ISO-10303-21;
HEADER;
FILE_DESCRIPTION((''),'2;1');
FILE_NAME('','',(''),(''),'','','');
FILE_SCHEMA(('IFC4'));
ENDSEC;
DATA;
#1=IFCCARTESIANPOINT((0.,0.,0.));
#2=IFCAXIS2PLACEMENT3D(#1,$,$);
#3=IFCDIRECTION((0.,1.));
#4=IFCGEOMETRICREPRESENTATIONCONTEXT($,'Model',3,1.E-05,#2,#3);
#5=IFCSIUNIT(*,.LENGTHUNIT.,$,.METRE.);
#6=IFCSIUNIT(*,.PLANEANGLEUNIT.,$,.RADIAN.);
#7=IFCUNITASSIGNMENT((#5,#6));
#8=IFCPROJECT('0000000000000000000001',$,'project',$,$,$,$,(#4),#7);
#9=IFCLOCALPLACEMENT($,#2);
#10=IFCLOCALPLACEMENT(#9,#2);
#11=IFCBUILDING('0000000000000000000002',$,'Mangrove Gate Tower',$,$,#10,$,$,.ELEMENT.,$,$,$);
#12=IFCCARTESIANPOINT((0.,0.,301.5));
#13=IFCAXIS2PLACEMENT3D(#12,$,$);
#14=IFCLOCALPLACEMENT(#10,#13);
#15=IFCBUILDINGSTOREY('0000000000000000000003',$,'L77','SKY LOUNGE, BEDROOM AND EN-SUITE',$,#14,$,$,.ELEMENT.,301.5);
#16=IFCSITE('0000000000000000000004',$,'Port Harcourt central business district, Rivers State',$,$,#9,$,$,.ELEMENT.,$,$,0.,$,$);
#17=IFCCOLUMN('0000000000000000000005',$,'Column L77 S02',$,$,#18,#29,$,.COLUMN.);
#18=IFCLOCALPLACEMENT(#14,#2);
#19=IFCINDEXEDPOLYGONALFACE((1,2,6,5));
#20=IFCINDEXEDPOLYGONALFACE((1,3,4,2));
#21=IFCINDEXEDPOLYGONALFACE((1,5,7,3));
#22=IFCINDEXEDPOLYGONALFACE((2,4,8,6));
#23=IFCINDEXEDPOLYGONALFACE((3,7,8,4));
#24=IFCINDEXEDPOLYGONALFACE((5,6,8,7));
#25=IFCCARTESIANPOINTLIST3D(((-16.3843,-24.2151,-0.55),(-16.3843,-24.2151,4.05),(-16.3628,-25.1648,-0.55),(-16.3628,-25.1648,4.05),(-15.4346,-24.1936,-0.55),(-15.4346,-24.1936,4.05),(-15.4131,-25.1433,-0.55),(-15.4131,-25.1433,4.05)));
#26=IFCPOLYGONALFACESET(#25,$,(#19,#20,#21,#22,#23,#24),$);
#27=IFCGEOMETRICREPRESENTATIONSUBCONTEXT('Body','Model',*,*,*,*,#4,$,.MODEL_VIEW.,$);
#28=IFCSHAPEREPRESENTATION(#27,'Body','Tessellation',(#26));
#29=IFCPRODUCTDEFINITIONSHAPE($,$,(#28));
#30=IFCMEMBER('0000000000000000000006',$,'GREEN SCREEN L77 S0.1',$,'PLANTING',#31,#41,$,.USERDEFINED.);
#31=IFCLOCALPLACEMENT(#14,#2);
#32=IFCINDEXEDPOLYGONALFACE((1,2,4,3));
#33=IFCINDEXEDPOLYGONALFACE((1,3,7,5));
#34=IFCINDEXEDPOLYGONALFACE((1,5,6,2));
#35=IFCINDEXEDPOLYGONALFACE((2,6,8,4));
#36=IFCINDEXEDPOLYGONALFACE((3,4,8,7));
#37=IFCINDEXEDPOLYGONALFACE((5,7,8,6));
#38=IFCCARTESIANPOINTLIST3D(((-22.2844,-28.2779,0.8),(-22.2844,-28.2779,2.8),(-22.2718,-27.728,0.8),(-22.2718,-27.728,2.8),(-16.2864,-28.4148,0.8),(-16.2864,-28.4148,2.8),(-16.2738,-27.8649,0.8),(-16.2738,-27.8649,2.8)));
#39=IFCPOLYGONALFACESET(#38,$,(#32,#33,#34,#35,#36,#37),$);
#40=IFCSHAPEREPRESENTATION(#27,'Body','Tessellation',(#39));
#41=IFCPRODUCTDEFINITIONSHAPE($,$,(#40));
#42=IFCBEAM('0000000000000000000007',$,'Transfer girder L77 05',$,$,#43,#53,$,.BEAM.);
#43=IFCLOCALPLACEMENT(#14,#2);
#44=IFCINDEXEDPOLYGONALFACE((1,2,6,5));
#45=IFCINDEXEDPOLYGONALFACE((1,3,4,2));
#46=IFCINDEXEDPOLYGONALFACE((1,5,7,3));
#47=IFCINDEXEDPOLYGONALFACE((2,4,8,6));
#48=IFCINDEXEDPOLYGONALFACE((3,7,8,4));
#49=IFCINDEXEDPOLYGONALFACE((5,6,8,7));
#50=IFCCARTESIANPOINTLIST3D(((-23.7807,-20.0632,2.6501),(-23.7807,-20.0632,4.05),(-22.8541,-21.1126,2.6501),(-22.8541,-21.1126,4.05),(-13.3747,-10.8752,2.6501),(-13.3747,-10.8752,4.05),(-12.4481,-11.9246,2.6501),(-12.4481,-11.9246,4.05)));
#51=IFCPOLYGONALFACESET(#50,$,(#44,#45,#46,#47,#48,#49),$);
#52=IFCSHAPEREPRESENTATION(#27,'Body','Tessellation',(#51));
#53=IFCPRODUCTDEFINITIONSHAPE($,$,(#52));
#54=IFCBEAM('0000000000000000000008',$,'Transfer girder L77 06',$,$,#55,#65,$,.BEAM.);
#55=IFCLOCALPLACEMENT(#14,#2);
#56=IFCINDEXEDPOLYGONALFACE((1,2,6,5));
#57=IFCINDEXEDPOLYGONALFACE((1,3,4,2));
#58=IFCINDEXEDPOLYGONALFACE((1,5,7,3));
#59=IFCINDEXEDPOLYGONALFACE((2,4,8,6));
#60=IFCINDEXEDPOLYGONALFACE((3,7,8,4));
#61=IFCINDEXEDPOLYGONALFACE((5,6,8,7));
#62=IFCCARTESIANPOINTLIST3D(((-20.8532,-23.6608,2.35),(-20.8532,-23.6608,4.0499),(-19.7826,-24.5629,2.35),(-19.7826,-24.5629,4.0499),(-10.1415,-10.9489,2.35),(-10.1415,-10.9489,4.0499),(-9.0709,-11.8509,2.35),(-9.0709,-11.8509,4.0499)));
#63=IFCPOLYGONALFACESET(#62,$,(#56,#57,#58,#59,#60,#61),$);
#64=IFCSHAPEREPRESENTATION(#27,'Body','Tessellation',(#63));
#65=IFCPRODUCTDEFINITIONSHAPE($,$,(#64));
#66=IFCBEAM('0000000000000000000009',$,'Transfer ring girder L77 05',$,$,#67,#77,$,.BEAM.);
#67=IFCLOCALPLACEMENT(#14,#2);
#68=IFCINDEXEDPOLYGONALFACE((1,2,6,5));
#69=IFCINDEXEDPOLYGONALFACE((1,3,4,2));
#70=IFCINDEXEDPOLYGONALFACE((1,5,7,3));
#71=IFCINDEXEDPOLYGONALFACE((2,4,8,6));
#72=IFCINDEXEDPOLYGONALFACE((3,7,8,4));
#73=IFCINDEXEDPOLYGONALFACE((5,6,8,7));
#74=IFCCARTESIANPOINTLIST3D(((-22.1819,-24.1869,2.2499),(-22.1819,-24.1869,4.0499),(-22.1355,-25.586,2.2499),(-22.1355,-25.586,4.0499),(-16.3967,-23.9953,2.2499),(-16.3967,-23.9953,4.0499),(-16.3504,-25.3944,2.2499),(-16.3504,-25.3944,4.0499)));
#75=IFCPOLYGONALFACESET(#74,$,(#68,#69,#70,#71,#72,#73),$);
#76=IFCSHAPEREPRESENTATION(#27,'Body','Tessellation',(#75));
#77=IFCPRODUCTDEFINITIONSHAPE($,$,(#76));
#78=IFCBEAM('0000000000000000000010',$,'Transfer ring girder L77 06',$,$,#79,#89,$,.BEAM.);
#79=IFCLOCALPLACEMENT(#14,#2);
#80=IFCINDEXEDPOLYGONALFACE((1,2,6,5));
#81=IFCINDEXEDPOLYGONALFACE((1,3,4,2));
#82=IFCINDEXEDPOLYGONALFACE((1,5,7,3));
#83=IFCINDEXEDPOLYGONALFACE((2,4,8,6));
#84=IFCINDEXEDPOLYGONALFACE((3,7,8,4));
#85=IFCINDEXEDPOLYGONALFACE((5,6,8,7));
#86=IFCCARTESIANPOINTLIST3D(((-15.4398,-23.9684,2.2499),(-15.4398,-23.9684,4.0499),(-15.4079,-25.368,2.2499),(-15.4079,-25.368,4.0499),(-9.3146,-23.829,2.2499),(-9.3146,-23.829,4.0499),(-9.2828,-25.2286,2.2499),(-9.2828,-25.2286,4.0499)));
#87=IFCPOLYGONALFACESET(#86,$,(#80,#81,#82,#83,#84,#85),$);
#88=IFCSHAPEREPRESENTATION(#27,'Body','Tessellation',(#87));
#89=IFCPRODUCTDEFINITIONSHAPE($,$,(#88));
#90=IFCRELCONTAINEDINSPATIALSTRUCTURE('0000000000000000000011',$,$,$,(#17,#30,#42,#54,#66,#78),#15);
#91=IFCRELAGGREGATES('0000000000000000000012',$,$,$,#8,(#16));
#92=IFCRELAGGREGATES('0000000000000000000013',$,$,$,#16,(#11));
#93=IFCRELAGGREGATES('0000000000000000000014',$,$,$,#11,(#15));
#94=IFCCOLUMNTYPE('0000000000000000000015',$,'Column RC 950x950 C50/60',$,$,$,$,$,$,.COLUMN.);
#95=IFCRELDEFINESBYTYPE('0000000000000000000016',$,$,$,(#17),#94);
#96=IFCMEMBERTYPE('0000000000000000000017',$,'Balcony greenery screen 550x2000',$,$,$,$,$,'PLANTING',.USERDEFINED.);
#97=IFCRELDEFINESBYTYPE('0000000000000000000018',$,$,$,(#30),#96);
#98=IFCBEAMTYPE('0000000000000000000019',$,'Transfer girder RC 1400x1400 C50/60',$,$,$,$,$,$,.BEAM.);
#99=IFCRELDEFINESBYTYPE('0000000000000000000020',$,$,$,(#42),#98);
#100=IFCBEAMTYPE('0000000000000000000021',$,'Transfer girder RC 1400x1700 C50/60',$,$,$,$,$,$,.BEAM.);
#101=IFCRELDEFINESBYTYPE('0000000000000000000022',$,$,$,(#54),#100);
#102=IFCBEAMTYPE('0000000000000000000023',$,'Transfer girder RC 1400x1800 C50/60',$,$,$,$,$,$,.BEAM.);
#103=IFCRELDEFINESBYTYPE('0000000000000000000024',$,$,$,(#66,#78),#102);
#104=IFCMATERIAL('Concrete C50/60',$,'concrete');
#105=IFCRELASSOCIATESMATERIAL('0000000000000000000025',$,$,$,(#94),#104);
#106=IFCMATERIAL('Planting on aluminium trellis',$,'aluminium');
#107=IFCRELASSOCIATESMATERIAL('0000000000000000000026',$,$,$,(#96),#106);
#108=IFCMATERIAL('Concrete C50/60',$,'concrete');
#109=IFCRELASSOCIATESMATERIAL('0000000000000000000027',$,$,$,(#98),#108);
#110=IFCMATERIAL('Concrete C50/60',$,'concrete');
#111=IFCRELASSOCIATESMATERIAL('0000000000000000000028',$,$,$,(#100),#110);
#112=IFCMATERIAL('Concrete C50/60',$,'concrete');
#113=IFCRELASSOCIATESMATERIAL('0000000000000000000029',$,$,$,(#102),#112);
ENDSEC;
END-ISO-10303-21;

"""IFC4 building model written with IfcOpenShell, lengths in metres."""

from ifc_helpers import new_model, si_unit, direction, frame, origin, origin_2d, place, context, subcontext, project, spatial, rectangle, extrude, material, material_profile, profile_set, type_object, element, save


model = new_model("IFC4")

# Units and contexts
model_context = context("Model", 3, precision=1e-05, world=origin(), true_north=direction((0.0, 1.0)))
body_context = subcontext(model_context, "Body", "Model", "MODEL_VIEW")
ifc_project = project(units=[si_unit("LENGTHUNIT", "METRE"), si_unit("PLANEANGLEUNIT", "RADIAN")], contexts=[model_context])

# Site, building, storey
site_placement = place(None, origin())
site = spatial("IfcSite", under=ifc_project, at=site_placement, Name="Port Harcourt central business district, Rivers State", CompositionType="ELEMENT", RefElevation=0.0)
building_placement = place(site_placement, origin())
building = spatial("IfcBuilding", under=site, at=building_placement, Name="Mangrove Gate Tower", CompositionType="ELEMENT")
storey_placement = place(building_placement, frame((0.0, 0.0, 301.5)))
storey = spatial("IfcBuildingStorey", under=building, at=storey_placement, Name="L77", Description="SKY LOUNGE, BEDROOM AND EN-SUITE", CompositionType="ELEMENT", Elevation=301.5)

# Column
ifc_material_1 = material(Name="Concrete C50/60", Category="concrete")
ifc_material_profile_1 = material_profile(ifc_material_1, rectangle(XDim=0.95, YDim=0.95, at=origin_2d()))
ifc_profile_set_1 = profile_set([ifc_material_profile_1], Name="Concrete C50/60")
column_type = type_object("IfcColumnType", Name="Column RC 950x950 C50/60", PredefinedType="COLUMN", material=ifc_profile_set_1)
column_placement = place(storey_placement, frame((-15.8987, -24.6792, -0.55), z_axis=(0.0, 0.0, 1.0), x_axis=(0.999743, 0.02268, 0.0)))
element("IfcColumn", 1, at=column_placement, inside=storey, type_object=column_type, Name="Column L77 S02", PredefinedType="COLUMN", context=body_context, shape_type="SweptSolid", body=[
    extrude(rectangle(XDim=0.95, YDim=0.95, at=origin_2d()), origin(), (0.0, 0.0, 1.0), 4.6001),
])

# Member
ifc_material_2 = material(Name="Planting on aluminium trellis", Category="aluminium")
ifc_material_profile_2 = material_profile(ifc_material_2, rectangle(XDim=0.55, YDim=2.0, at=origin_2d()))
ifc_profile_set_2 = profile_set([ifc_material_profile_2], Name="Planting on aluminium trellis")
member_type = type_object("IfcMemberType", Name="Balcony greenery screen 550x2000", ElementType="PLANTING", PredefinedType="USERDEFINED", material=ifc_profile_set_2)
member_placement = place(storey_placement, frame((-22.2781, -28.0029, 1.8), z_axis=(0.999739, -0.022829, 0.0), x_axis=(0.022829, 0.999739, 0.0)))
element("IfcMember", 2, at=member_placement, inside=storey, type_object=member_type, Name="GREEN SCREEN L77 S0.1", ObjectType="PLANTING", PredefinedType="USERDEFINED", context=body_context, shape_type="SweptSolid", body=[
    extrude(rectangle(XDim=0.55, YDim=2.0, at=origin_2d()), origin(), (0.0, 0.0, 1.0), 5.9995),
])

# Beams
ifc_material_3 = material(Name="Concrete C50/60", Category="concrete")
ifc_material_profile_3 = material_profile(ifc_material_3, rectangle(XDim=1.3999, YDim=1.3999, at=origin_2d()))
ifc_profile_set_3 = profile_set([ifc_material_profile_3], Name="Concrete C50/60")
beam_type_1 = type_object("IfcBeamType", Name="Transfer girder RC 1400x1400 C50/60", PredefinedType="BEAM", material=ifc_profile_set_3)
beam_1_placement = place(storey_placement, frame((-12.9114, -11.3999, 3.3501), z_axis=(-0.749616, -0.661873, 0.0), x_axis=(0.661873, -0.749616, 0.0)))
element("IfcBeam", 3, at=beam_1_placement, inside=storey, type_object=beam_type_1, Name="Transfer girder L77 05", PredefinedType="BEAM", context=body_context, shape_type="SweptSolid", body=[
    extrude(rectangle(XDim=1.3999, YDim=1.3999, at=origin_2d()), origin(), (0.0, 0.0, 1.0), 13.8818),
])
ifc_material_4 = material(Name="Concrete C50/60", Category="concrete")
ifc_material_profile_4 = material_profile(ifc_material_4, rectangle(XDim=1.3999, YDim=1.7, at=origin_2d()))
ifc_profile_set_4 = profile_set([ifc_material_profile_4], Name="Concrete C50/60")
beam_type_2 = type_object("IfcBeamType", Name="Transfer girder RC 1400x1700 C50/60", PredefinedType="BEAM", material=ifc_profile_set_4)
beam_2_placement = place(storey_placement, frame((-9.6062, -11.3999, 3.2), z_axis=(-0.644379, -0.764707, 0.0), x_axis=(0.764707, -0.644379, 0.0)))
element("IfcBeam", 4, at=beam_2_placement, inside=storey, type_object=beam_type_2, Name="Transfer girder L77 06", PredefinedType="BEAM", context=body_context, shape_type="SweptSolid", body=[
    extrude(rectangle(XDim=1.3999, YDim=1.7, at=origin_2d()), origin(), (0.0, 0.0, 1.0), 16.6233),
])
ifc_material_5 = material(Name="Concrete C50/60", Category="concrete")
ifc_material_profile_5 = material_profile(ifc_material_5, rectangle(XDim=1.3999, YDim=1.8, at=origin_2d()))
ifc_profile_set_5 = profile_set([ifc_material_profile_5], Name="Concrete C50/60")
beam_type_3 = type_object("IfcBeamType", Name="Transfer girder RC 1400x1800 C50/60", PredefinedType="BEAM", material=ifc_profile_set_5)
beam_3_placement = place(storey_placement, frame((-22.1587, -24.8865, 3.1499), z_axis=(0.999452, 0.03311, 0.0), x_axis=(-0.03311, 0.999452, 0.0)))
element("IfcBeam", 5, at=beam_3_placement, inside=storey, type_object=beam_type_3, Name="Transfer ring girder L77 05", PredefinedType="BEAM", context=body_context, shape_type="SweptSolid", body=[
    extrude(rectangle(XDim=1.3999, YDim=1.8, at=origin_2d()), origin(), (0.0, 0.0, 1.0), 5.7883),
])
beam_4_placement = place(storey_placement, frame((-15.4238, -24.6682, 3.1499), z_axis=(0.999741, 0.022753, 0.0), x_axis=(-0.022753, 0.999741, 0.0)))
element("IfcBeam", 6, at=beam_4_placement, inside=storey, type_object=beam_type_3, Name="Transfer ring girder L77 06", PredefinedType="BEAM", context=body_context, shape_type="SweptSolid", body=[
    extrude(rectangle(XDim=1.3999, YDim=1.8, at=origin_2d()), origin(), (0.0, 0.0, 1.0), 6.1267),
])

save(model, "model.ifc")
